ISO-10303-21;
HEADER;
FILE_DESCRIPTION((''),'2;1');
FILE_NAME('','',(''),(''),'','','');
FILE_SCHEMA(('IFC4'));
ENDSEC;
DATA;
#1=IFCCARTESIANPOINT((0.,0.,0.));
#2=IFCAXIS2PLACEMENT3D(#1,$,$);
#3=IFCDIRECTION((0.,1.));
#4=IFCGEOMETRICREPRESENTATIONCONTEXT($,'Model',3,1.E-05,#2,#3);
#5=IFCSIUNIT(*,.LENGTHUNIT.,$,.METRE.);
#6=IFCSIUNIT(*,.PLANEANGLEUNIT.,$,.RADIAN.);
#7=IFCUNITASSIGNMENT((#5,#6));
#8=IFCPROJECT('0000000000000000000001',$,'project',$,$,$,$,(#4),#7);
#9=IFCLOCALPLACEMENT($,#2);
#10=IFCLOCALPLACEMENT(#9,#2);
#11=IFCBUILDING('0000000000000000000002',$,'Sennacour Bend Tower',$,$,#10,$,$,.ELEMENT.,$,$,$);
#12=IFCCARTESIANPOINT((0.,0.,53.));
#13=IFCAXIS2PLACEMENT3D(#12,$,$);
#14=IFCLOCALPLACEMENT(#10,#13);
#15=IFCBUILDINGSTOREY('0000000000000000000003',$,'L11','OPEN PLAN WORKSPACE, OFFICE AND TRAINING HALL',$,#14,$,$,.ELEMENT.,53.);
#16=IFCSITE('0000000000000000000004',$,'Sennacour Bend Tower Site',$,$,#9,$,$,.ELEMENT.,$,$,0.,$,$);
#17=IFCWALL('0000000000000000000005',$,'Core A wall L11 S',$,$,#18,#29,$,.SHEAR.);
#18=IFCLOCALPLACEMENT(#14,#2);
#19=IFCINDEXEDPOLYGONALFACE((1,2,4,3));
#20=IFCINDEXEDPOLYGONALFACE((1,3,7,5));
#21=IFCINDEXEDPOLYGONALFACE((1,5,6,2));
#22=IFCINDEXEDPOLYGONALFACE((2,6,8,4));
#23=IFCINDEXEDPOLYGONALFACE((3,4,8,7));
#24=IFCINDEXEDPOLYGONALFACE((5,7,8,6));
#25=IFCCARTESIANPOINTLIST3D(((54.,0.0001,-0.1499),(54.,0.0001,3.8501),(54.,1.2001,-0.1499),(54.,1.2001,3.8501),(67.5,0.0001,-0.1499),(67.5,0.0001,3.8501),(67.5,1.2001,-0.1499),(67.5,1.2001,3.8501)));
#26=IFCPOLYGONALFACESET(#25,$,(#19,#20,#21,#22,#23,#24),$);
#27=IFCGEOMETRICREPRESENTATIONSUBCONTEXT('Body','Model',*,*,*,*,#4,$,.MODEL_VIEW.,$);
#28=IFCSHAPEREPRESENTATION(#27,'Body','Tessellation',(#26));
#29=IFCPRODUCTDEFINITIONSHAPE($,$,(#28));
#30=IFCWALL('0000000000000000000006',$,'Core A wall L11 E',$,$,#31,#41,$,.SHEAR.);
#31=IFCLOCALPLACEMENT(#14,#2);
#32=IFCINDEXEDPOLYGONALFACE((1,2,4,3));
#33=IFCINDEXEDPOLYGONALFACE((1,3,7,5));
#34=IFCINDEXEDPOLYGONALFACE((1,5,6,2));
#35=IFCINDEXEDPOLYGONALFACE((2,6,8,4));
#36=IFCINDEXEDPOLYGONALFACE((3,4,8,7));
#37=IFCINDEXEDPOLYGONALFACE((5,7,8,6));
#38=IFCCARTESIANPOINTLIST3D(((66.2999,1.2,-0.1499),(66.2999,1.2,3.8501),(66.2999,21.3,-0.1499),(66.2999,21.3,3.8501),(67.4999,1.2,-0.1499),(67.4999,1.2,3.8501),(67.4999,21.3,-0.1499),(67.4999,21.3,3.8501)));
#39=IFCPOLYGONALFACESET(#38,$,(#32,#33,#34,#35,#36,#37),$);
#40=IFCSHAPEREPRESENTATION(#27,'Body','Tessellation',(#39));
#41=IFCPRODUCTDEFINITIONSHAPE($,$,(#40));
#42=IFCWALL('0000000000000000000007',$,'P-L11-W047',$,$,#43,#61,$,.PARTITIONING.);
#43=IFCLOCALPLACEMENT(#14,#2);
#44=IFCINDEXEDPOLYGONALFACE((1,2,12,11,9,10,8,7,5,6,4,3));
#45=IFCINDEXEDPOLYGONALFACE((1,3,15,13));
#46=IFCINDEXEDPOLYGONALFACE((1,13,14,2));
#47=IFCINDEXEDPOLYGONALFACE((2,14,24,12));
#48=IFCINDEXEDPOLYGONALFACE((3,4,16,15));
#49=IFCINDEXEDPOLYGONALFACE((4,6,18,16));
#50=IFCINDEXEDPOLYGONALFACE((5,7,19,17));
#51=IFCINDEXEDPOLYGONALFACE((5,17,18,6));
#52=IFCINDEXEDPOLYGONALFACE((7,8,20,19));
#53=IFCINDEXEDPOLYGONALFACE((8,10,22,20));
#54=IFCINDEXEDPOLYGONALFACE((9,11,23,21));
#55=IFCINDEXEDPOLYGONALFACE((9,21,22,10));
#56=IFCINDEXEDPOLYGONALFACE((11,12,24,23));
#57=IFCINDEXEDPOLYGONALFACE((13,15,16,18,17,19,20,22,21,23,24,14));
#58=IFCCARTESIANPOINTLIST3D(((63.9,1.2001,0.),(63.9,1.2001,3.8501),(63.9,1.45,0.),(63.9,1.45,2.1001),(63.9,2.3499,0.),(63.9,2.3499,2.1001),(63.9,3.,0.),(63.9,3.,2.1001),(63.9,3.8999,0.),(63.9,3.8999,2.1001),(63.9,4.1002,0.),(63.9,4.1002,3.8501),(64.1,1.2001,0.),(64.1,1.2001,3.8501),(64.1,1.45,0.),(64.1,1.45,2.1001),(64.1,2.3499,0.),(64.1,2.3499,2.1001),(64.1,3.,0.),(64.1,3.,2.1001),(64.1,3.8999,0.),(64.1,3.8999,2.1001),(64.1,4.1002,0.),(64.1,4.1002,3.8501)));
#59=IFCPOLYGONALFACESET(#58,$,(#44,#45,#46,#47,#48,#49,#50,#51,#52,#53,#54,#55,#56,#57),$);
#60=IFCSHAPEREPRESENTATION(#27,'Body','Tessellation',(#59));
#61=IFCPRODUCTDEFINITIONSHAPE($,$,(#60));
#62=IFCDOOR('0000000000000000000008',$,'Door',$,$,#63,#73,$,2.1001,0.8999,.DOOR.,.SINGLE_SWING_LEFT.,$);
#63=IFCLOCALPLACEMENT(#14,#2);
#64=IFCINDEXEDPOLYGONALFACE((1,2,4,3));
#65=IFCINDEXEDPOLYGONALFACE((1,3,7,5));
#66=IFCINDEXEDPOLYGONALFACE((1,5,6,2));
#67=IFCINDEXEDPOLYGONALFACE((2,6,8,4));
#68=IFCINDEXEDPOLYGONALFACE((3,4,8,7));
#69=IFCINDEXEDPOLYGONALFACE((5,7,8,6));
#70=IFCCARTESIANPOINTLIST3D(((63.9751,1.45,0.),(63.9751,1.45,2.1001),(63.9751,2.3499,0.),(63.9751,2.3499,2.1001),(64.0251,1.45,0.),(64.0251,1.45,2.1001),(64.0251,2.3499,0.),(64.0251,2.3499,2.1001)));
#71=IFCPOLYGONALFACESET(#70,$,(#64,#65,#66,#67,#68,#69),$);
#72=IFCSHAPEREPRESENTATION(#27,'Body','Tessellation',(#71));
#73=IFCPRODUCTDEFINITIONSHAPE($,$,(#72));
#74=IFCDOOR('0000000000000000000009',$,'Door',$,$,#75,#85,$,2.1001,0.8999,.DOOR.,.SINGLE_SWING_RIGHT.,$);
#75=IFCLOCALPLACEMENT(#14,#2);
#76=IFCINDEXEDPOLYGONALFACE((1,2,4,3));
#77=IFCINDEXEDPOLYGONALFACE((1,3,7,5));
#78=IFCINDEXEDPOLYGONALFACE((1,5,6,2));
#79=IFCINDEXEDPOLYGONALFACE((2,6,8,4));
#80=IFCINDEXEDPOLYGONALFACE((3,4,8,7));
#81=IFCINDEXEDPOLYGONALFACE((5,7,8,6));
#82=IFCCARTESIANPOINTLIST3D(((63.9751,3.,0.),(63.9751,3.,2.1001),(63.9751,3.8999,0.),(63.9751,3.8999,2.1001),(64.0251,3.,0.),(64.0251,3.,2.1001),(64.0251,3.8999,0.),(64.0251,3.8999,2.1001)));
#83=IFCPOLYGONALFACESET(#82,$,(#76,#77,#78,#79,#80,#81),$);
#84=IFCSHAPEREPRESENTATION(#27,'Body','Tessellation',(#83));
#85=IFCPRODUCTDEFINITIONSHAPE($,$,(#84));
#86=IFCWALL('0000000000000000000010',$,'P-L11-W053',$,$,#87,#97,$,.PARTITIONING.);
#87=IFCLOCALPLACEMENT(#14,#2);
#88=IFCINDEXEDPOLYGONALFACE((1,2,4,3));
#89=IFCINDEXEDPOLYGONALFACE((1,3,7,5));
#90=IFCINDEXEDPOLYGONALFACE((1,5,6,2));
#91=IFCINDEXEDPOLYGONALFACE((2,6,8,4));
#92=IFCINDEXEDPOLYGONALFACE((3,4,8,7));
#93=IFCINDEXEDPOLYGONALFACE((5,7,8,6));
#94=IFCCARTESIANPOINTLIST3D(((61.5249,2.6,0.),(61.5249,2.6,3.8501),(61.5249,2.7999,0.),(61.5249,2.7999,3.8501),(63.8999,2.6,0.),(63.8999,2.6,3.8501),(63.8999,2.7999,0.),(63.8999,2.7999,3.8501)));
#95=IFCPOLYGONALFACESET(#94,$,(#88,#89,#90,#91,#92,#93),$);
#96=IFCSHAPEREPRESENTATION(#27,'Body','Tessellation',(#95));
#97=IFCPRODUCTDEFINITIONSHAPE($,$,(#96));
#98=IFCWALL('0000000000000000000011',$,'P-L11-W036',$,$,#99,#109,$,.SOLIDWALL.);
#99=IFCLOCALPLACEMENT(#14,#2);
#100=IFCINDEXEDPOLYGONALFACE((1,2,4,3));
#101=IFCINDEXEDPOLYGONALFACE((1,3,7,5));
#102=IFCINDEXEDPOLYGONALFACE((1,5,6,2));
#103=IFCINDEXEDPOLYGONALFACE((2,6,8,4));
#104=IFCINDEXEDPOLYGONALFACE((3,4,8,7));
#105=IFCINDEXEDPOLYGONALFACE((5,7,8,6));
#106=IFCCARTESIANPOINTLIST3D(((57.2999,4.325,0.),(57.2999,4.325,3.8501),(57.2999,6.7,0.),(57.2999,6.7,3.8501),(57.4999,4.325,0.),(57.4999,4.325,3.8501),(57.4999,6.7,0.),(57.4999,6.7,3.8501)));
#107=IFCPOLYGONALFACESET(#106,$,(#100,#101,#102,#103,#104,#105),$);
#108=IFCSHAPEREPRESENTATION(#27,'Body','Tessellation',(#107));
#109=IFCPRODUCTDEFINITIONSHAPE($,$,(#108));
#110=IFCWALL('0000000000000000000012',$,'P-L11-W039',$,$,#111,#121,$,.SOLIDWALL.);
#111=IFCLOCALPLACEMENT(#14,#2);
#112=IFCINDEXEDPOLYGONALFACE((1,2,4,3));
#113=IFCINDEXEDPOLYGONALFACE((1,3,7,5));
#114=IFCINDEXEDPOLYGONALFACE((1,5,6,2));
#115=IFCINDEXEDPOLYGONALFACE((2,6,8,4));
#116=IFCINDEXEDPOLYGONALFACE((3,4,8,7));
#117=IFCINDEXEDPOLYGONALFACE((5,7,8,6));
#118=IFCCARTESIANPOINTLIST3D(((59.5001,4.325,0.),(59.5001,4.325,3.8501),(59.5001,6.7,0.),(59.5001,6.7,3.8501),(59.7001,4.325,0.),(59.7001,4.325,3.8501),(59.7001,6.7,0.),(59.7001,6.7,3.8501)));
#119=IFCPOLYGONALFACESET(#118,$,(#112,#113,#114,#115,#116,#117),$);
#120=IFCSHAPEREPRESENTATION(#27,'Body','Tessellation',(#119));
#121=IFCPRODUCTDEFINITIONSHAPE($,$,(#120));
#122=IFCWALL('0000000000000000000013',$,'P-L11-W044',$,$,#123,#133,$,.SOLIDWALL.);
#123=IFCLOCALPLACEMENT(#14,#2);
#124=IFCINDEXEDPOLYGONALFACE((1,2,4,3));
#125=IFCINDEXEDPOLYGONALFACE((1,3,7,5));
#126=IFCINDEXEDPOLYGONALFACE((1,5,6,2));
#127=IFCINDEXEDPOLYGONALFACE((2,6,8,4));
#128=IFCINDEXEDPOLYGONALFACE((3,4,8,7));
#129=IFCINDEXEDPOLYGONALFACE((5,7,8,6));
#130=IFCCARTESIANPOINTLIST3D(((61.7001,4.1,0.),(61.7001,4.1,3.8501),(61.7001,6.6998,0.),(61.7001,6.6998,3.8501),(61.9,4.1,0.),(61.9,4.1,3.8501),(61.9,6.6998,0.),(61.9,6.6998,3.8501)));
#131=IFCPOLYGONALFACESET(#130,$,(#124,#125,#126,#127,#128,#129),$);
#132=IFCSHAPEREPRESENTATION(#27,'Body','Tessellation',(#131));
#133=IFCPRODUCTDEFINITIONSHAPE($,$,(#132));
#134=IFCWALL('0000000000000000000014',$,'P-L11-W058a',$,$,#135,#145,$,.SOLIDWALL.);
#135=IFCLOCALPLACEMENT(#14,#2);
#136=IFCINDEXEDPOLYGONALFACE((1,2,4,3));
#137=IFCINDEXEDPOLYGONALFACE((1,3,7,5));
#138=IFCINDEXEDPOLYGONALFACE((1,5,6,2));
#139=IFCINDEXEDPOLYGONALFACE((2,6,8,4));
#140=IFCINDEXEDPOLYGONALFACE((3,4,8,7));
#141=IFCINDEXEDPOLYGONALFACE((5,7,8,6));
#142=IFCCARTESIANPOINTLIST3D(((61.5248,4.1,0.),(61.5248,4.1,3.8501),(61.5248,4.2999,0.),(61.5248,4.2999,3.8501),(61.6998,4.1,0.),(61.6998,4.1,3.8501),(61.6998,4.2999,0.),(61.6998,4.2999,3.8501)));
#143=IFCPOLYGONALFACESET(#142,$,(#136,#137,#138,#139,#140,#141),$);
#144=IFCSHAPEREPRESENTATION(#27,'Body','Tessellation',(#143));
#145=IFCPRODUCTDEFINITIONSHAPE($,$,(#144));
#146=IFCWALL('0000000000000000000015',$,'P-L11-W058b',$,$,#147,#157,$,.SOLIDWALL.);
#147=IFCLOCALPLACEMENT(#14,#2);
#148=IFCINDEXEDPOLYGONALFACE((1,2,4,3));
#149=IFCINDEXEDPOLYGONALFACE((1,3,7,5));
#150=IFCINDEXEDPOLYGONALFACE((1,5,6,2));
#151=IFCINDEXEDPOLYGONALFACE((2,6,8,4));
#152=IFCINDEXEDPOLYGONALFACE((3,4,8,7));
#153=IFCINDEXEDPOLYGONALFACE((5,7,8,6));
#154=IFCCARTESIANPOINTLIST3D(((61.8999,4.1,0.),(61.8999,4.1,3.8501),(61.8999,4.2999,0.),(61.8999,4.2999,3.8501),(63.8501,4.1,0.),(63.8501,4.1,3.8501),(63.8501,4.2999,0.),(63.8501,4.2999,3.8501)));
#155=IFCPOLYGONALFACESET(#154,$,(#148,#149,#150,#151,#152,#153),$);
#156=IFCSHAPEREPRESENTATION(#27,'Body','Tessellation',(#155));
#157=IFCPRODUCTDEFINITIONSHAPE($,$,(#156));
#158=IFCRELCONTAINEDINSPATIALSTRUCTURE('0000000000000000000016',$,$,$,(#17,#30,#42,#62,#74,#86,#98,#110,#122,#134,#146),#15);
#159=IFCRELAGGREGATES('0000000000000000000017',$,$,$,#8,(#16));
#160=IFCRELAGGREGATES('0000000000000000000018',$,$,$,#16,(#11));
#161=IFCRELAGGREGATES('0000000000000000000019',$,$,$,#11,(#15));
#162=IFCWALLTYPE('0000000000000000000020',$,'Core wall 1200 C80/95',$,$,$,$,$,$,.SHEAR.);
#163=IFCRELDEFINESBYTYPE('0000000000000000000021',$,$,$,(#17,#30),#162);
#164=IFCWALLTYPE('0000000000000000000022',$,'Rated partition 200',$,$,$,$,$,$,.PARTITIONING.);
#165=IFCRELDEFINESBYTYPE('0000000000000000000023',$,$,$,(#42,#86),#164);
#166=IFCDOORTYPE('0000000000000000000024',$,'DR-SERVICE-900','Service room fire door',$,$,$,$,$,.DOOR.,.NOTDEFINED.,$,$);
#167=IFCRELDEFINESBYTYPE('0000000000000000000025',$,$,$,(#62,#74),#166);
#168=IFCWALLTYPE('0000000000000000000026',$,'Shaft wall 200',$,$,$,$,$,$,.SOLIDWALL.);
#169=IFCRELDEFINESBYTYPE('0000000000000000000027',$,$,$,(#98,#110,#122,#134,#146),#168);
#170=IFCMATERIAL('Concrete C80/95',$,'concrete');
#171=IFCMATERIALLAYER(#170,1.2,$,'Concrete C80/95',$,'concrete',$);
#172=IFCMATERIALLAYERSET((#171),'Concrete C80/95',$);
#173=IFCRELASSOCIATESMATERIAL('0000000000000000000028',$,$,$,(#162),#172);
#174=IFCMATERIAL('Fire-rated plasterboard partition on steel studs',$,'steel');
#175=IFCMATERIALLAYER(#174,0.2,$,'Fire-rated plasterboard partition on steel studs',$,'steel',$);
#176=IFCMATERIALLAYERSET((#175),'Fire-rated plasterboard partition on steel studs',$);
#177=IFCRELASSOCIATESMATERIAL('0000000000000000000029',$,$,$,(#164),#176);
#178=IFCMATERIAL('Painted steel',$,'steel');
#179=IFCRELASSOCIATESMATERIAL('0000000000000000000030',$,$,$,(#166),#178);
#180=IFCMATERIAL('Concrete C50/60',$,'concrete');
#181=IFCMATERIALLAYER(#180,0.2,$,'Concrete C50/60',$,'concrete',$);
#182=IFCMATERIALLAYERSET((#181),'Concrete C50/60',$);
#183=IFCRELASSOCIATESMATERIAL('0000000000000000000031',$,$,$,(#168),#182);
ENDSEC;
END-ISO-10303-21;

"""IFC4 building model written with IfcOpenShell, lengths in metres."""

from ifc_helpers import new_model, si_unit, direction, frame, frame_2d, origin, place, context, subcontext, project, spatial, rectangle, extrude, material, layer, layer_set, type_object, element, fill, save


model = new_model("IFC4")

# Units and contexts
model_context = context("Model", 3, precision=1e-05, world=origin(), true_north=direction((0.0, 1.0)))
body_context = subcontext(model_context, "Body", "Model", "MODEL_VIEW")
ifc_project = project(units=[si_unit("LENGTHUNIT", "METRE"), si_unit("PLANEANGLEUNIT", "RADIAN")], contexts=[model_context])

# Site, building, storey
site_placement = place(None, origin())
site = spatial("IfcSite", under=ifc_project, at=site_placement, Name="Sennacour Bend Tower Site", CompositionType="ELEMENT", RefElevation=0.0)
building_placement = place(site_placement, origin())
building = spatial("IfcBuilding", under=site, at=building_placement, Name="Sennacour Bend Tower", CompositionType="ELEMENT")
storey_placement = place(building_placement, frame((0.0, 0.0, 53.0)))
storey = spatial("IfcBuildingStorey", under=building, at=storey_placement, Name="L11", Description="OPEN PLAN WORKSPACE, OFFICE AND TRAINING HALL", CompositionType="ELEMENT", Elevation=53.0)

# Walls
ifc_material_1 = material(Name="Concrete C80/95", Category="concrete")
ifc_layer_1 = layer(ifc_material_1, 1.2, Name="Concrete C80/95", Category="concrete")
ifc_layer_set_1 = layer_set([ifc_layer_1], Name="Concrete C80/95")
wall_type_1 = type_object("IfcWallType", Name="Core wall 1200 C80/95", PredefinedType="SHEAR", material=ifc_layer_set_1)
wall_1_placement = place(storey_placement, frame((67.5, 0.6001, -0.1499), z_axis=(0.0, 0.0, 1.0), x_axis=(-1.0, 0.0, 0.0)))
element("IfcWall", 1, at=wall_1_placement, inside=storey, type_object=wall_type_1, Name="Core A wall L11 S", PredefinedType="SHEAR", context=body_context, shape_type="SweptSolid", body=[
    extrude(rectangle(XDim=13.5, YDim=1.2, at=frame_2d((6.75, 0.0))), origin(), (0.0, 0.0, 1.0), 4.0),
])
wall_2_placement = place(storey_placement, frame((66.8999, 1.2, -0.1499), z_axis=(0.0, 0.0, 1.0), x_axis=(0.0, 1.0, 0.0)))
element("IfcWall", 2, at=wall_2_placement, inside=storey, type_object=wall_type_1, Name="Core A wall L11 E", PredefinedType="SHEAR", context=body_context, shape_type="SweptSolid", body=[
    extrude(rectangle(XDim=20.1001, YDim=1.2, at=frame_2d((10.05, 0.0))), origin(), (0.0, 0.0, 1.0), 4.0),
])

# Wall, openings, doors
ifc_material_2 = material(Name="Fire-rated plasterboard partition on steel studs", Category="steel")
ifc_layer_2 = layer(ifc_material_2, 0.2, Name="Fire-rated plasterboard partition on steel studs", Category="steel")
ifc_layer_set_2 = layer_set([ifc_layer_2], Name="Fire-rated plasterboard partition on steel studs")
wall_type_2 = type_object("IfcWallType", Name="Rated partition 200", PredefinedType="PARTITIONING", material=ifc_layer_set_2)
wall_3_placement = place(storey_placement, frame((64.0, 1.2, 0.0), z_axis=(0.0, 0.0, 1.0), x_axis=(0.0, 1.0, 0.0)))
wall_3 = element("IfcWall", 3, at=wall_3_placement, inside=storey, type_object=wall_type_2, Name="P-L11-W047", PredefinedType="PARTITIONING", context=body_context, shape_type="SweptSolid", body=[
    extrude(rectangle(XDim=2.9001, YDim=0.2, at=frame_2d((1.4502, 0.0))), origin(), (0.0, 0.0, 1.0), 3.8501),
])
opening_1_placement = place(wall_3_placement, frame((0.25, 0.0, 0.0)))
opening_1 = element("IfcOpeningElement", 4, at=opening_1_placement, cuts=wall_3, PredefinedType="OPENING", context=body_context, shape_type="SweptSolid", body=[
    extrude(rectangle(XDim=0.8999, YDim=2.1001, at=frame_2d((0.45, 1.05))), frame((0.0, 0.1099, 0.0), z_axis=(0.0, -1.0, 0.0), x_axis=(1.0, 0.0, 0.0)), (0.0, 0.0, 1.0), 0.22),
])
opening_2_placement = place(wall_3_placement, frame((1.8, 0.0, 0.0)))
opening_2 = element("IfcOpeningElement", 5, at=opening_2_placement, cuts=wall_3, PredefinedType="OPENING", context=body_context, shape_type="SweptSolid", body=[
    extrude(rectangle(XDim=0.8999, YDim=2.1001, at=frame_2d((0.45, 1.05))), frame((0.0, 0.1099, 0.0), z_axis=(0.0, -1.0, 0.0), x_axis=(1.0, 0.0, 0.0)), (0.0, 0.0, 1.0), 0.22),
])
ifc_material_3 = material(Name="Painted steel", Category="steel")
door_type_1 = type_object("IfcDoorType", Name="DR-SERVICE-900", Description="Service room fire door", OperationType="NOTDEFINED", PredefinedType="DOOR", material=ifc_material_3)
door_1_placement = place(opening_1_placement, origin())
door_1 = element("IfcDoor", 6, at=door_1_placement, inside=storey, type_object=door_type_1, Name="Door", OperationType="SINGLE_SWING_LEFT", OverallHeight=2.1001, OverallWidth=0.8999, PredefinedType="DOOR", context=body_context, shape_type="SweptSolid", body=[
    extrude(rectangle(XDim=0.8999, YDim=2.1001, at=frame_2d((0.45, 1.05))), frame((0.0, 0.0249, 0.0), z_axis=(0.0, -1.0, 0.0), x_axis=(1.0, 0.0, 0.0)), (0.0, 0.0, 1.0), 0.05),
])
fill(opening_1, door_1)
door_2_placement = place(opening_2_placement, origin())
door_2 = element("IfcDoor", 7, at=door_2_placement, inside=storey, type_object=door_type_1, Name="Door", OperationType="SINGLE_SWING_RIGHT", OverallHeight=2.1001, OverallWidth=0.8999, PredefinedType="DOOR", context=body_context, shape_type="SweptSolid", body=[
    extrude(rectangle(XDim=0.8999, YDim=2.1001, at=frame_2d((0.45, 1.05))), frame((0.0, 0.0249, 0.0), z_axis=(0.0, -1.0, 0.0), x_axis=(1.0, 0.0, 0.0)), (0.0, 0.0, 1.0), 0.05),
])
fill(opening_2, door_2)

# Walls
wall_4_placement = place(storey_placement, frame((61.5249, 2.7, 0.0), z_axis=(0.0, 0.0, 1.0), x_axis=(1.0, 0.0, 0.0)))
element("IfcWall", 8, at=wall_4_placement, inside=storey, type_object=wall_type_2, Name="P-L11-W053", PredefinedType="PARTITIONING", context=body_context, shape_type="SweptSolid", body=[
    extrude(rectangle(XDim=2.375, YDim=0.2, at=frame_2d((1.1875, 0.0))), origin(), (0.0, 0.0, 1.0), 3.8501),
])
ifc_material_4 = material(Name="Concrete C50/60", Category="concrete")
ifc_layer_3 = layer(ifc_material_4, 0.2, Name="Concrete C50/60", Category="concrete")
ifc_layer_set_3 = layer_set([ifc_layer_3], Name="Concrete C50/60")
wall_type_3 = type_object("IfcWallType", Name="Shaft wall 200", PredefinedType="SOLIDWALL", material=ifc_layer_set_3)
for number, where, z_axis, x_axis, name in (
    (9, (57.3999, 4.325, 0.0), (0.0, 0.0, 1.0), (0.0, 1.0, 0.0), "P-L11-W036"),
    (10, (59.6001, 4.325, 0.0), (0.0, 0.0, 1.0), (0.0, 1.0, 0.0), "P-L11-W039"),
):
    element("IfcWall", number, at=place(storey_placement, frame(where, z_axis=z_axis, x_axis=x_axis)), inside=storey, type_object=wall_type_3, Name=name, PredefinedType="SOLIDWALL", context=body_context, shape_type="SweptSolid", body=[
        extrude(rectangle(XDim=2.375, YDim=0.2, at=frame_2d((1.1875, 0.0))), origin(), (0.0, 0.0, 1.0), 3.8501),
    ])
wall_5_placement = place(storey_placement, frame((61.8, 4.1001, 0.0), z_axis=(0.0, 0.0, 1.0), x_axis=(0.0, 1.0, 0.0)))
element("IfcWall", 11, at=wall_5_placement, inside=storey, type_object=wall_type_3, Name="P-L11-W044", PredefinedType="SOLIDWALL", context=body_context, shape_type="SweptSolid", body=[
    extrude(rectangle(XDim=2.5999, YDim=0.2, at=frame_2d((1.2998, 0.0))), origin(), (0.0, 0.0, 1.0), 3.8501),
])
wall_6_placement = place(storey_placement, frame((61.5249, 4.2, 0.0), z_axis=(0.0, 0.0, 1.0), x_axis=(1.0, 0.0, 0.0)))
element("IfcWall", 12, at=wall_6_placement, inside=storey, type_object=wall_type_3, Name="P-L11-W058a", PredefinedType="SOLIDWALL", context=body_context, shape_type="SweptSolid", body=[
    extrude(rectangle(XDim=0.175, YDim=0.2, at=frame_2d((0.0874, 0.0))), origin(), (0.0, 0.0, 1.0), 3.8501),
])
wall_7_placement = place(storey_placement, frame((61.8999, 4.2, 0.0), z_axis=(0.0, 0.0, 1.0), x_axis=(1.0, 0.0, 0.0)))
element("IfcWall", 13, at=wall_7_placement, inside=storey, type_object=wall_type_3, Name="P-L11-W058b", PredefinedType="SOLIDWALL", context=body_context, shape_type="SweptSolid", body=[
    extrude(rectangle(XDim=1.9502, YDim=0.2, at=frame_2d((0.9751, 0.0))), origin(), (0.0, 0.0, 1.0), 3.8501),
])

save(model, "model.ifc")
